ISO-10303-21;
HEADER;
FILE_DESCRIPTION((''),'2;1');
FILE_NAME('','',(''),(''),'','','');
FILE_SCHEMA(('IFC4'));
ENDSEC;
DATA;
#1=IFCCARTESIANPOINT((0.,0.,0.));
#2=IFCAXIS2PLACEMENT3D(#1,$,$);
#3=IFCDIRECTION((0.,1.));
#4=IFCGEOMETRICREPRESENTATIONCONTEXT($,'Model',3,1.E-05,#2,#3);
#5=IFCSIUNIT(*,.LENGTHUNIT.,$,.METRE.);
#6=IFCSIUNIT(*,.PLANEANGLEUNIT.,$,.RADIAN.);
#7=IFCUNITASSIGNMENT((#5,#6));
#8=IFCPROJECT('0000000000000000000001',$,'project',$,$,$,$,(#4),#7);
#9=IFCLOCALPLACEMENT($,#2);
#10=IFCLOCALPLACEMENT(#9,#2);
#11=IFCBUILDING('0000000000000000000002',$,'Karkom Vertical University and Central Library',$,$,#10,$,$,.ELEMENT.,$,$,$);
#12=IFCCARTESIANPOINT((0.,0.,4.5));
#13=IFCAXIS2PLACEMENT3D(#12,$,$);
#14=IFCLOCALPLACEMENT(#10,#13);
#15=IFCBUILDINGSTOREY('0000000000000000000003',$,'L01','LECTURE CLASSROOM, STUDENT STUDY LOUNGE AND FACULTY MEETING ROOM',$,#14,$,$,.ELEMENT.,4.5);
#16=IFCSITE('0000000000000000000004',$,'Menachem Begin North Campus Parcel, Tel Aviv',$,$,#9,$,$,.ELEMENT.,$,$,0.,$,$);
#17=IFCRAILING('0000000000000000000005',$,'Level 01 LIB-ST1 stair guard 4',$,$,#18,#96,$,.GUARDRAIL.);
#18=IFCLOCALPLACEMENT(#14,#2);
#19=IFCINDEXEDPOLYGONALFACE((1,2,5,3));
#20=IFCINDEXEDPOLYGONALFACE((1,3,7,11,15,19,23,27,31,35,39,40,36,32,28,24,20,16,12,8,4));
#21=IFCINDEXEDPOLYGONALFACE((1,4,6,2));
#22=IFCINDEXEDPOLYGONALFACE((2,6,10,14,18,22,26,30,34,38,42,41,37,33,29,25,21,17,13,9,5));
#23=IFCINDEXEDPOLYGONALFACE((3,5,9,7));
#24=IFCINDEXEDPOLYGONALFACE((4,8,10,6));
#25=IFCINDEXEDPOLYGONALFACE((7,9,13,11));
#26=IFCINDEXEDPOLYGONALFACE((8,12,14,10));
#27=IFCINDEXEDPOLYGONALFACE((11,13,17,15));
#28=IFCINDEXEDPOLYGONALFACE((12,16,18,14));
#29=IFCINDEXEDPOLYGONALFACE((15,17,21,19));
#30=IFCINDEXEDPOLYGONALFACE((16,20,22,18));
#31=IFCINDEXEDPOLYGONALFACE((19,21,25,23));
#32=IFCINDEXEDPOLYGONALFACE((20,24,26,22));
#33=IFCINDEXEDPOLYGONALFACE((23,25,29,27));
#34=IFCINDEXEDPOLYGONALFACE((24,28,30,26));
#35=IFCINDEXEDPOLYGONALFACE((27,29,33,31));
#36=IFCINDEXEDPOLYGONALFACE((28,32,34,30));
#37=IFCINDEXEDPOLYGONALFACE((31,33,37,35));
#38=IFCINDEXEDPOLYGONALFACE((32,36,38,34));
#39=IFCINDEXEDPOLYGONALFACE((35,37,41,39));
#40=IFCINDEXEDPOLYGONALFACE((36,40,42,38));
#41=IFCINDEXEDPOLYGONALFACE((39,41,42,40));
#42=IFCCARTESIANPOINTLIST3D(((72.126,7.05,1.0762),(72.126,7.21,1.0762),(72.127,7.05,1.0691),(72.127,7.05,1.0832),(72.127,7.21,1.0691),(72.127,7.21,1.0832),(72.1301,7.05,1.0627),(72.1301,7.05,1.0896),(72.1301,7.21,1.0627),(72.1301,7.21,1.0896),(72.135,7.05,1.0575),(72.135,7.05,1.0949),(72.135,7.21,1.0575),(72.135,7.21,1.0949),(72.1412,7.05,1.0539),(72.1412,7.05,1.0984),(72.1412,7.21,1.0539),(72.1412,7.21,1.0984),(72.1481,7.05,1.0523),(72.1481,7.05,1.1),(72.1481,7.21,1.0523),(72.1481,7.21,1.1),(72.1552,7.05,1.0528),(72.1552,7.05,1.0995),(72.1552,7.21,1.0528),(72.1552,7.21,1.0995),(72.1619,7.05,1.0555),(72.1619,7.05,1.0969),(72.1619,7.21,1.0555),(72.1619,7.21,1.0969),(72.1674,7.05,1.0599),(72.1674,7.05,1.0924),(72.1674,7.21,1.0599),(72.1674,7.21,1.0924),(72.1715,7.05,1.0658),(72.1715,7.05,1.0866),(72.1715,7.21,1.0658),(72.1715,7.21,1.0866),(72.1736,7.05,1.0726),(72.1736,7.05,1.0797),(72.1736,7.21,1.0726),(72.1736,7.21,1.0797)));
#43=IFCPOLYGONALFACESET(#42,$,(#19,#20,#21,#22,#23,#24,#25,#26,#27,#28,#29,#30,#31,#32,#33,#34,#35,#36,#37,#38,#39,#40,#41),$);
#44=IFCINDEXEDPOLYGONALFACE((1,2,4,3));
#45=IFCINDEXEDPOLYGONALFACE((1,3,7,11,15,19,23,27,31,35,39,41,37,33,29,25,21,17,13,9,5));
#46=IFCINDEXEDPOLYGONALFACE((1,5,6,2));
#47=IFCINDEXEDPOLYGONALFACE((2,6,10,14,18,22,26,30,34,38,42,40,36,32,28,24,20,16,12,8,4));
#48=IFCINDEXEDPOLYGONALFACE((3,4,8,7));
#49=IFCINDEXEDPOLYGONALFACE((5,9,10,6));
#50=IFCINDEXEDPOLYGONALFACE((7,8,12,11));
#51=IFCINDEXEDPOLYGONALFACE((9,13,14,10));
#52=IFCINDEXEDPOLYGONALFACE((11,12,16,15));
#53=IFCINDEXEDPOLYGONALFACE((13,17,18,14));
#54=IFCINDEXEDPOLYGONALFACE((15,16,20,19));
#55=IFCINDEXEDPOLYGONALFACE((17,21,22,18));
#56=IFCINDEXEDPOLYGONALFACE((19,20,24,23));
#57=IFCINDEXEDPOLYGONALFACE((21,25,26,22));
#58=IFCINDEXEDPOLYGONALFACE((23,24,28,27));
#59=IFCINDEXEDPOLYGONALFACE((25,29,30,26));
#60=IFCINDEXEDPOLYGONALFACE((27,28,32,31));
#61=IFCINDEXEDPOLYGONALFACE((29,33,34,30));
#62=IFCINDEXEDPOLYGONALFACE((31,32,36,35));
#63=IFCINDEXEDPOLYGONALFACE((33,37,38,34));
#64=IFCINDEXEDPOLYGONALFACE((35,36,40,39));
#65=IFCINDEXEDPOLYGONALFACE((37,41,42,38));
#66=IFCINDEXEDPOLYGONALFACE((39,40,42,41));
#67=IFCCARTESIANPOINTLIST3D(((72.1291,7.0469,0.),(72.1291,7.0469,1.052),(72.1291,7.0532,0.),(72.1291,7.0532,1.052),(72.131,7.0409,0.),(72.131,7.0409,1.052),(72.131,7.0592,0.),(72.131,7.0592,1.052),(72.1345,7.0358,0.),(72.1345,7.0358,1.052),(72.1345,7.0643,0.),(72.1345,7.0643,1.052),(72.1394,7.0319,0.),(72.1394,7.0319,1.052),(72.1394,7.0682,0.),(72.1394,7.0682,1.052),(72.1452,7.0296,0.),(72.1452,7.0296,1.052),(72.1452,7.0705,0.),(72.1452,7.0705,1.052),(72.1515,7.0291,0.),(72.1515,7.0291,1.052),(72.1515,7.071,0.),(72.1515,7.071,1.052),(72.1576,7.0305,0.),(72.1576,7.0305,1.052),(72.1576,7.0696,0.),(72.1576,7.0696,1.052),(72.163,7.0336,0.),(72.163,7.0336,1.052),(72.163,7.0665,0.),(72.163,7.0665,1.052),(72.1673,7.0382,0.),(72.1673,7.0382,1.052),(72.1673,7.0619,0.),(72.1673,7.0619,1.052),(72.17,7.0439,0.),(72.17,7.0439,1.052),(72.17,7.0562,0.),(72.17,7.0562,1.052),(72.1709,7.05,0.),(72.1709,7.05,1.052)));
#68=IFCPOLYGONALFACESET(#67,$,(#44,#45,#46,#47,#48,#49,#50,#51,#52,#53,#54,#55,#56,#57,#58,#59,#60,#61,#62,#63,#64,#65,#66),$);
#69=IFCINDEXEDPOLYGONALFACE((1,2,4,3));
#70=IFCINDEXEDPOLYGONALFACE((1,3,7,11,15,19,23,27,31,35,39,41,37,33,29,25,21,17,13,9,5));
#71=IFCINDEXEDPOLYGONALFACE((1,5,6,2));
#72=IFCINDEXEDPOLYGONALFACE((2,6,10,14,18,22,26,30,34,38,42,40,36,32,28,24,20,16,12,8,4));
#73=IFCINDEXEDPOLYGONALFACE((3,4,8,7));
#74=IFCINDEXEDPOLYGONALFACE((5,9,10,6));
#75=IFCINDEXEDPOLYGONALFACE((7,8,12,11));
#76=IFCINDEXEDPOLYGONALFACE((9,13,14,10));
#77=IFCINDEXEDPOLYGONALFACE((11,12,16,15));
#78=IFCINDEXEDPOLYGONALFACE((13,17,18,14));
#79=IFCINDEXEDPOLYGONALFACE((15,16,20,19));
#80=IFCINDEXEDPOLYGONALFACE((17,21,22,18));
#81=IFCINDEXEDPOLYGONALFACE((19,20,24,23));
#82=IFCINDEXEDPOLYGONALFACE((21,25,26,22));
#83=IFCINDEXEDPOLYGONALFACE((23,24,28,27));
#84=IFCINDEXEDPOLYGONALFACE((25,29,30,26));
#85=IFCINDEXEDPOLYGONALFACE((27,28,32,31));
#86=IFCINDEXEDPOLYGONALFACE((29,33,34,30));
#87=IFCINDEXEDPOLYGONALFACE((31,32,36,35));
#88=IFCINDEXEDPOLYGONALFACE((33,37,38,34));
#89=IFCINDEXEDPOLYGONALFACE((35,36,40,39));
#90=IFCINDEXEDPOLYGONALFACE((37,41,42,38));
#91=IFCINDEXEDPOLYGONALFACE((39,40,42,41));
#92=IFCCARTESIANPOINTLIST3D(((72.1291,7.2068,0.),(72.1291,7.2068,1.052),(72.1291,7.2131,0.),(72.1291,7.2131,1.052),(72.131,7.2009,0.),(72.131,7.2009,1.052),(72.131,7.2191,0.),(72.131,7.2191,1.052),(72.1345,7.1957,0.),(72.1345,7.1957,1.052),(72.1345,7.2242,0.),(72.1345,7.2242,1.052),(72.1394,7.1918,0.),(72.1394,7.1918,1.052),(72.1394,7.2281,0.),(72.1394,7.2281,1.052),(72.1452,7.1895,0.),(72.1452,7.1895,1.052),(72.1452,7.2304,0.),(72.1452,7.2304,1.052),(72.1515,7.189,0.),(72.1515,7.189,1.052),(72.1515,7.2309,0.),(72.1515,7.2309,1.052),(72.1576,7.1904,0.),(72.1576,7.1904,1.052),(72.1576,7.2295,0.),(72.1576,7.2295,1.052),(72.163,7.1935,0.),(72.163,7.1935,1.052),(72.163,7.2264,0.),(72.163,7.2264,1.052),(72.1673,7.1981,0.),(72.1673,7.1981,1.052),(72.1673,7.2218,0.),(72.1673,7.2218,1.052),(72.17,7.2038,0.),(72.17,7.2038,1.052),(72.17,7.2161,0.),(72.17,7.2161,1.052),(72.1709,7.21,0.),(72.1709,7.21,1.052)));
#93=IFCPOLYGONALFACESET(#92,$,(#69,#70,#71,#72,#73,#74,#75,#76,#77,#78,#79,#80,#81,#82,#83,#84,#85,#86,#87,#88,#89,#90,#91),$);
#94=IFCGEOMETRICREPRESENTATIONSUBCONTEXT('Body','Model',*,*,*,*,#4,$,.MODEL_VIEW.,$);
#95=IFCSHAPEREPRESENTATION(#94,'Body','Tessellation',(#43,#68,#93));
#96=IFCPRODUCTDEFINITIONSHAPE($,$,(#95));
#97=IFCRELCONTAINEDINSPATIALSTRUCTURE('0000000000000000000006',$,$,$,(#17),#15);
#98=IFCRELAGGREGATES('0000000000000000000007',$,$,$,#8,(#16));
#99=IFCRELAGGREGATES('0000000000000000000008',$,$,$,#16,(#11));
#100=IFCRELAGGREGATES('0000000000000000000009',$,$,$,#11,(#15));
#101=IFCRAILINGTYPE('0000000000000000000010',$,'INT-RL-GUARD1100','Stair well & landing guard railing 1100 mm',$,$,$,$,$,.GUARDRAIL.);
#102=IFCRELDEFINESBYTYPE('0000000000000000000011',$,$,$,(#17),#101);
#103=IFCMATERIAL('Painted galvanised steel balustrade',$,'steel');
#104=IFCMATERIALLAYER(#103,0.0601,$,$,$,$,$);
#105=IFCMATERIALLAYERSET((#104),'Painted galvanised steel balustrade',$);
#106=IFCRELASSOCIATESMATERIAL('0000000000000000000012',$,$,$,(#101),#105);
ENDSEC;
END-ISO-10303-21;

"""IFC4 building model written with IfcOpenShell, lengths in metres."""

from ifc_helpers import new_model, si_unit, direction, frame, origin, origin_2d, place, context, subcontext, project, spatial, circle, extrude, material, layer, layer_set, type_object, element, save


model = new_model("IFC4")

# Units and contexts
model_context = context("Model", 3, precision=1e-05, world=origin(), true_north=direction((0.0, 1.0)))
body_context = subcontext(model_context, "Body", "Model", "MODEL_VIEW")
ifc_project = project(units=[si_unit("LENGTHUNIT", "METRE"), si_unit("PLANEANGLEUNIT", "RADIAN")], contexts=[model_context])

# Site, building, storey
site_placement = place(None, origin())
site = spatial("IfcSite", under=ifc_project, at=site_placement, Name="Menachem Begin North Campus Parcel, Tel Aviv", CompositionType="ELEMENT", RefElevation=0.0)
building_placement = place(site_placement, origin())
building = spatial("IfcBuilding", under=site, at=building_placement, Name="Karkom Vertical University and Central Library", CompositionType="ELEMENT")
storey_placement = place(building_placement, frame((0.0, 0.0, 4.5)))
storey = spatial("IfcBuildingStorey", under=building, at=storey_placement, Name="L01", Description="LECTURE CLASSROOM, STUDENT STUDY LOUNGE AND FACULTY MEETING ROOM", CompositionType="ELEMENT", Elevation=4.5)

# Railing
ifc_material_1 = material(Name="Painted galvanised steel balustrade", Category="steel")
ifc_layer_1 = layer(ifc_material_1, 0.0601)
ifc_layer_set_1 = layer_set([ifc_layer_1], Name="Painted galvanised steel balustrade")
railing_type_1 = type_object("IfcRailingType", Name="INT-RL-GUARD1100", Description="Stair well & landing guard railing 1100 mm", PredefinedType="GUARDRAIL", material=ifc_layer_set_1)
railing_1_placement = place(storey_placement, frame((72.1499, 7.05, 0.0)))
element("IfcRailing", 1, at=railing_1_placement, inside=storey, type_object=railing_type_1, Name="Level 01 LIB-ST1 stair guard 4", PredefinedType="GUARDRAIL", context=body_context, shape_type="SweptSolid", body=[
    extrude(circle(Radius=0.0239, at=origin_2d()), frame((0.0, 0.0, 1.0762), z_axis=(0.0, 1.0, 0.0), x_axis=(-1.0, 0.0, 0.0)), (0.0, 0.0, 1.0), 0.1599),
    extrude(circle(Radius=0.021, at=origin_2d()), origin(), (0.0, 0.0, 1.0), 1.052),
    extrude(circle(Radius=0.021, at=origin_2d()), frame((0.0, 0.1599, 0.0)), (0.0, 0.0, 1.0), 1.052),
])

save(model, "model.ifc")
